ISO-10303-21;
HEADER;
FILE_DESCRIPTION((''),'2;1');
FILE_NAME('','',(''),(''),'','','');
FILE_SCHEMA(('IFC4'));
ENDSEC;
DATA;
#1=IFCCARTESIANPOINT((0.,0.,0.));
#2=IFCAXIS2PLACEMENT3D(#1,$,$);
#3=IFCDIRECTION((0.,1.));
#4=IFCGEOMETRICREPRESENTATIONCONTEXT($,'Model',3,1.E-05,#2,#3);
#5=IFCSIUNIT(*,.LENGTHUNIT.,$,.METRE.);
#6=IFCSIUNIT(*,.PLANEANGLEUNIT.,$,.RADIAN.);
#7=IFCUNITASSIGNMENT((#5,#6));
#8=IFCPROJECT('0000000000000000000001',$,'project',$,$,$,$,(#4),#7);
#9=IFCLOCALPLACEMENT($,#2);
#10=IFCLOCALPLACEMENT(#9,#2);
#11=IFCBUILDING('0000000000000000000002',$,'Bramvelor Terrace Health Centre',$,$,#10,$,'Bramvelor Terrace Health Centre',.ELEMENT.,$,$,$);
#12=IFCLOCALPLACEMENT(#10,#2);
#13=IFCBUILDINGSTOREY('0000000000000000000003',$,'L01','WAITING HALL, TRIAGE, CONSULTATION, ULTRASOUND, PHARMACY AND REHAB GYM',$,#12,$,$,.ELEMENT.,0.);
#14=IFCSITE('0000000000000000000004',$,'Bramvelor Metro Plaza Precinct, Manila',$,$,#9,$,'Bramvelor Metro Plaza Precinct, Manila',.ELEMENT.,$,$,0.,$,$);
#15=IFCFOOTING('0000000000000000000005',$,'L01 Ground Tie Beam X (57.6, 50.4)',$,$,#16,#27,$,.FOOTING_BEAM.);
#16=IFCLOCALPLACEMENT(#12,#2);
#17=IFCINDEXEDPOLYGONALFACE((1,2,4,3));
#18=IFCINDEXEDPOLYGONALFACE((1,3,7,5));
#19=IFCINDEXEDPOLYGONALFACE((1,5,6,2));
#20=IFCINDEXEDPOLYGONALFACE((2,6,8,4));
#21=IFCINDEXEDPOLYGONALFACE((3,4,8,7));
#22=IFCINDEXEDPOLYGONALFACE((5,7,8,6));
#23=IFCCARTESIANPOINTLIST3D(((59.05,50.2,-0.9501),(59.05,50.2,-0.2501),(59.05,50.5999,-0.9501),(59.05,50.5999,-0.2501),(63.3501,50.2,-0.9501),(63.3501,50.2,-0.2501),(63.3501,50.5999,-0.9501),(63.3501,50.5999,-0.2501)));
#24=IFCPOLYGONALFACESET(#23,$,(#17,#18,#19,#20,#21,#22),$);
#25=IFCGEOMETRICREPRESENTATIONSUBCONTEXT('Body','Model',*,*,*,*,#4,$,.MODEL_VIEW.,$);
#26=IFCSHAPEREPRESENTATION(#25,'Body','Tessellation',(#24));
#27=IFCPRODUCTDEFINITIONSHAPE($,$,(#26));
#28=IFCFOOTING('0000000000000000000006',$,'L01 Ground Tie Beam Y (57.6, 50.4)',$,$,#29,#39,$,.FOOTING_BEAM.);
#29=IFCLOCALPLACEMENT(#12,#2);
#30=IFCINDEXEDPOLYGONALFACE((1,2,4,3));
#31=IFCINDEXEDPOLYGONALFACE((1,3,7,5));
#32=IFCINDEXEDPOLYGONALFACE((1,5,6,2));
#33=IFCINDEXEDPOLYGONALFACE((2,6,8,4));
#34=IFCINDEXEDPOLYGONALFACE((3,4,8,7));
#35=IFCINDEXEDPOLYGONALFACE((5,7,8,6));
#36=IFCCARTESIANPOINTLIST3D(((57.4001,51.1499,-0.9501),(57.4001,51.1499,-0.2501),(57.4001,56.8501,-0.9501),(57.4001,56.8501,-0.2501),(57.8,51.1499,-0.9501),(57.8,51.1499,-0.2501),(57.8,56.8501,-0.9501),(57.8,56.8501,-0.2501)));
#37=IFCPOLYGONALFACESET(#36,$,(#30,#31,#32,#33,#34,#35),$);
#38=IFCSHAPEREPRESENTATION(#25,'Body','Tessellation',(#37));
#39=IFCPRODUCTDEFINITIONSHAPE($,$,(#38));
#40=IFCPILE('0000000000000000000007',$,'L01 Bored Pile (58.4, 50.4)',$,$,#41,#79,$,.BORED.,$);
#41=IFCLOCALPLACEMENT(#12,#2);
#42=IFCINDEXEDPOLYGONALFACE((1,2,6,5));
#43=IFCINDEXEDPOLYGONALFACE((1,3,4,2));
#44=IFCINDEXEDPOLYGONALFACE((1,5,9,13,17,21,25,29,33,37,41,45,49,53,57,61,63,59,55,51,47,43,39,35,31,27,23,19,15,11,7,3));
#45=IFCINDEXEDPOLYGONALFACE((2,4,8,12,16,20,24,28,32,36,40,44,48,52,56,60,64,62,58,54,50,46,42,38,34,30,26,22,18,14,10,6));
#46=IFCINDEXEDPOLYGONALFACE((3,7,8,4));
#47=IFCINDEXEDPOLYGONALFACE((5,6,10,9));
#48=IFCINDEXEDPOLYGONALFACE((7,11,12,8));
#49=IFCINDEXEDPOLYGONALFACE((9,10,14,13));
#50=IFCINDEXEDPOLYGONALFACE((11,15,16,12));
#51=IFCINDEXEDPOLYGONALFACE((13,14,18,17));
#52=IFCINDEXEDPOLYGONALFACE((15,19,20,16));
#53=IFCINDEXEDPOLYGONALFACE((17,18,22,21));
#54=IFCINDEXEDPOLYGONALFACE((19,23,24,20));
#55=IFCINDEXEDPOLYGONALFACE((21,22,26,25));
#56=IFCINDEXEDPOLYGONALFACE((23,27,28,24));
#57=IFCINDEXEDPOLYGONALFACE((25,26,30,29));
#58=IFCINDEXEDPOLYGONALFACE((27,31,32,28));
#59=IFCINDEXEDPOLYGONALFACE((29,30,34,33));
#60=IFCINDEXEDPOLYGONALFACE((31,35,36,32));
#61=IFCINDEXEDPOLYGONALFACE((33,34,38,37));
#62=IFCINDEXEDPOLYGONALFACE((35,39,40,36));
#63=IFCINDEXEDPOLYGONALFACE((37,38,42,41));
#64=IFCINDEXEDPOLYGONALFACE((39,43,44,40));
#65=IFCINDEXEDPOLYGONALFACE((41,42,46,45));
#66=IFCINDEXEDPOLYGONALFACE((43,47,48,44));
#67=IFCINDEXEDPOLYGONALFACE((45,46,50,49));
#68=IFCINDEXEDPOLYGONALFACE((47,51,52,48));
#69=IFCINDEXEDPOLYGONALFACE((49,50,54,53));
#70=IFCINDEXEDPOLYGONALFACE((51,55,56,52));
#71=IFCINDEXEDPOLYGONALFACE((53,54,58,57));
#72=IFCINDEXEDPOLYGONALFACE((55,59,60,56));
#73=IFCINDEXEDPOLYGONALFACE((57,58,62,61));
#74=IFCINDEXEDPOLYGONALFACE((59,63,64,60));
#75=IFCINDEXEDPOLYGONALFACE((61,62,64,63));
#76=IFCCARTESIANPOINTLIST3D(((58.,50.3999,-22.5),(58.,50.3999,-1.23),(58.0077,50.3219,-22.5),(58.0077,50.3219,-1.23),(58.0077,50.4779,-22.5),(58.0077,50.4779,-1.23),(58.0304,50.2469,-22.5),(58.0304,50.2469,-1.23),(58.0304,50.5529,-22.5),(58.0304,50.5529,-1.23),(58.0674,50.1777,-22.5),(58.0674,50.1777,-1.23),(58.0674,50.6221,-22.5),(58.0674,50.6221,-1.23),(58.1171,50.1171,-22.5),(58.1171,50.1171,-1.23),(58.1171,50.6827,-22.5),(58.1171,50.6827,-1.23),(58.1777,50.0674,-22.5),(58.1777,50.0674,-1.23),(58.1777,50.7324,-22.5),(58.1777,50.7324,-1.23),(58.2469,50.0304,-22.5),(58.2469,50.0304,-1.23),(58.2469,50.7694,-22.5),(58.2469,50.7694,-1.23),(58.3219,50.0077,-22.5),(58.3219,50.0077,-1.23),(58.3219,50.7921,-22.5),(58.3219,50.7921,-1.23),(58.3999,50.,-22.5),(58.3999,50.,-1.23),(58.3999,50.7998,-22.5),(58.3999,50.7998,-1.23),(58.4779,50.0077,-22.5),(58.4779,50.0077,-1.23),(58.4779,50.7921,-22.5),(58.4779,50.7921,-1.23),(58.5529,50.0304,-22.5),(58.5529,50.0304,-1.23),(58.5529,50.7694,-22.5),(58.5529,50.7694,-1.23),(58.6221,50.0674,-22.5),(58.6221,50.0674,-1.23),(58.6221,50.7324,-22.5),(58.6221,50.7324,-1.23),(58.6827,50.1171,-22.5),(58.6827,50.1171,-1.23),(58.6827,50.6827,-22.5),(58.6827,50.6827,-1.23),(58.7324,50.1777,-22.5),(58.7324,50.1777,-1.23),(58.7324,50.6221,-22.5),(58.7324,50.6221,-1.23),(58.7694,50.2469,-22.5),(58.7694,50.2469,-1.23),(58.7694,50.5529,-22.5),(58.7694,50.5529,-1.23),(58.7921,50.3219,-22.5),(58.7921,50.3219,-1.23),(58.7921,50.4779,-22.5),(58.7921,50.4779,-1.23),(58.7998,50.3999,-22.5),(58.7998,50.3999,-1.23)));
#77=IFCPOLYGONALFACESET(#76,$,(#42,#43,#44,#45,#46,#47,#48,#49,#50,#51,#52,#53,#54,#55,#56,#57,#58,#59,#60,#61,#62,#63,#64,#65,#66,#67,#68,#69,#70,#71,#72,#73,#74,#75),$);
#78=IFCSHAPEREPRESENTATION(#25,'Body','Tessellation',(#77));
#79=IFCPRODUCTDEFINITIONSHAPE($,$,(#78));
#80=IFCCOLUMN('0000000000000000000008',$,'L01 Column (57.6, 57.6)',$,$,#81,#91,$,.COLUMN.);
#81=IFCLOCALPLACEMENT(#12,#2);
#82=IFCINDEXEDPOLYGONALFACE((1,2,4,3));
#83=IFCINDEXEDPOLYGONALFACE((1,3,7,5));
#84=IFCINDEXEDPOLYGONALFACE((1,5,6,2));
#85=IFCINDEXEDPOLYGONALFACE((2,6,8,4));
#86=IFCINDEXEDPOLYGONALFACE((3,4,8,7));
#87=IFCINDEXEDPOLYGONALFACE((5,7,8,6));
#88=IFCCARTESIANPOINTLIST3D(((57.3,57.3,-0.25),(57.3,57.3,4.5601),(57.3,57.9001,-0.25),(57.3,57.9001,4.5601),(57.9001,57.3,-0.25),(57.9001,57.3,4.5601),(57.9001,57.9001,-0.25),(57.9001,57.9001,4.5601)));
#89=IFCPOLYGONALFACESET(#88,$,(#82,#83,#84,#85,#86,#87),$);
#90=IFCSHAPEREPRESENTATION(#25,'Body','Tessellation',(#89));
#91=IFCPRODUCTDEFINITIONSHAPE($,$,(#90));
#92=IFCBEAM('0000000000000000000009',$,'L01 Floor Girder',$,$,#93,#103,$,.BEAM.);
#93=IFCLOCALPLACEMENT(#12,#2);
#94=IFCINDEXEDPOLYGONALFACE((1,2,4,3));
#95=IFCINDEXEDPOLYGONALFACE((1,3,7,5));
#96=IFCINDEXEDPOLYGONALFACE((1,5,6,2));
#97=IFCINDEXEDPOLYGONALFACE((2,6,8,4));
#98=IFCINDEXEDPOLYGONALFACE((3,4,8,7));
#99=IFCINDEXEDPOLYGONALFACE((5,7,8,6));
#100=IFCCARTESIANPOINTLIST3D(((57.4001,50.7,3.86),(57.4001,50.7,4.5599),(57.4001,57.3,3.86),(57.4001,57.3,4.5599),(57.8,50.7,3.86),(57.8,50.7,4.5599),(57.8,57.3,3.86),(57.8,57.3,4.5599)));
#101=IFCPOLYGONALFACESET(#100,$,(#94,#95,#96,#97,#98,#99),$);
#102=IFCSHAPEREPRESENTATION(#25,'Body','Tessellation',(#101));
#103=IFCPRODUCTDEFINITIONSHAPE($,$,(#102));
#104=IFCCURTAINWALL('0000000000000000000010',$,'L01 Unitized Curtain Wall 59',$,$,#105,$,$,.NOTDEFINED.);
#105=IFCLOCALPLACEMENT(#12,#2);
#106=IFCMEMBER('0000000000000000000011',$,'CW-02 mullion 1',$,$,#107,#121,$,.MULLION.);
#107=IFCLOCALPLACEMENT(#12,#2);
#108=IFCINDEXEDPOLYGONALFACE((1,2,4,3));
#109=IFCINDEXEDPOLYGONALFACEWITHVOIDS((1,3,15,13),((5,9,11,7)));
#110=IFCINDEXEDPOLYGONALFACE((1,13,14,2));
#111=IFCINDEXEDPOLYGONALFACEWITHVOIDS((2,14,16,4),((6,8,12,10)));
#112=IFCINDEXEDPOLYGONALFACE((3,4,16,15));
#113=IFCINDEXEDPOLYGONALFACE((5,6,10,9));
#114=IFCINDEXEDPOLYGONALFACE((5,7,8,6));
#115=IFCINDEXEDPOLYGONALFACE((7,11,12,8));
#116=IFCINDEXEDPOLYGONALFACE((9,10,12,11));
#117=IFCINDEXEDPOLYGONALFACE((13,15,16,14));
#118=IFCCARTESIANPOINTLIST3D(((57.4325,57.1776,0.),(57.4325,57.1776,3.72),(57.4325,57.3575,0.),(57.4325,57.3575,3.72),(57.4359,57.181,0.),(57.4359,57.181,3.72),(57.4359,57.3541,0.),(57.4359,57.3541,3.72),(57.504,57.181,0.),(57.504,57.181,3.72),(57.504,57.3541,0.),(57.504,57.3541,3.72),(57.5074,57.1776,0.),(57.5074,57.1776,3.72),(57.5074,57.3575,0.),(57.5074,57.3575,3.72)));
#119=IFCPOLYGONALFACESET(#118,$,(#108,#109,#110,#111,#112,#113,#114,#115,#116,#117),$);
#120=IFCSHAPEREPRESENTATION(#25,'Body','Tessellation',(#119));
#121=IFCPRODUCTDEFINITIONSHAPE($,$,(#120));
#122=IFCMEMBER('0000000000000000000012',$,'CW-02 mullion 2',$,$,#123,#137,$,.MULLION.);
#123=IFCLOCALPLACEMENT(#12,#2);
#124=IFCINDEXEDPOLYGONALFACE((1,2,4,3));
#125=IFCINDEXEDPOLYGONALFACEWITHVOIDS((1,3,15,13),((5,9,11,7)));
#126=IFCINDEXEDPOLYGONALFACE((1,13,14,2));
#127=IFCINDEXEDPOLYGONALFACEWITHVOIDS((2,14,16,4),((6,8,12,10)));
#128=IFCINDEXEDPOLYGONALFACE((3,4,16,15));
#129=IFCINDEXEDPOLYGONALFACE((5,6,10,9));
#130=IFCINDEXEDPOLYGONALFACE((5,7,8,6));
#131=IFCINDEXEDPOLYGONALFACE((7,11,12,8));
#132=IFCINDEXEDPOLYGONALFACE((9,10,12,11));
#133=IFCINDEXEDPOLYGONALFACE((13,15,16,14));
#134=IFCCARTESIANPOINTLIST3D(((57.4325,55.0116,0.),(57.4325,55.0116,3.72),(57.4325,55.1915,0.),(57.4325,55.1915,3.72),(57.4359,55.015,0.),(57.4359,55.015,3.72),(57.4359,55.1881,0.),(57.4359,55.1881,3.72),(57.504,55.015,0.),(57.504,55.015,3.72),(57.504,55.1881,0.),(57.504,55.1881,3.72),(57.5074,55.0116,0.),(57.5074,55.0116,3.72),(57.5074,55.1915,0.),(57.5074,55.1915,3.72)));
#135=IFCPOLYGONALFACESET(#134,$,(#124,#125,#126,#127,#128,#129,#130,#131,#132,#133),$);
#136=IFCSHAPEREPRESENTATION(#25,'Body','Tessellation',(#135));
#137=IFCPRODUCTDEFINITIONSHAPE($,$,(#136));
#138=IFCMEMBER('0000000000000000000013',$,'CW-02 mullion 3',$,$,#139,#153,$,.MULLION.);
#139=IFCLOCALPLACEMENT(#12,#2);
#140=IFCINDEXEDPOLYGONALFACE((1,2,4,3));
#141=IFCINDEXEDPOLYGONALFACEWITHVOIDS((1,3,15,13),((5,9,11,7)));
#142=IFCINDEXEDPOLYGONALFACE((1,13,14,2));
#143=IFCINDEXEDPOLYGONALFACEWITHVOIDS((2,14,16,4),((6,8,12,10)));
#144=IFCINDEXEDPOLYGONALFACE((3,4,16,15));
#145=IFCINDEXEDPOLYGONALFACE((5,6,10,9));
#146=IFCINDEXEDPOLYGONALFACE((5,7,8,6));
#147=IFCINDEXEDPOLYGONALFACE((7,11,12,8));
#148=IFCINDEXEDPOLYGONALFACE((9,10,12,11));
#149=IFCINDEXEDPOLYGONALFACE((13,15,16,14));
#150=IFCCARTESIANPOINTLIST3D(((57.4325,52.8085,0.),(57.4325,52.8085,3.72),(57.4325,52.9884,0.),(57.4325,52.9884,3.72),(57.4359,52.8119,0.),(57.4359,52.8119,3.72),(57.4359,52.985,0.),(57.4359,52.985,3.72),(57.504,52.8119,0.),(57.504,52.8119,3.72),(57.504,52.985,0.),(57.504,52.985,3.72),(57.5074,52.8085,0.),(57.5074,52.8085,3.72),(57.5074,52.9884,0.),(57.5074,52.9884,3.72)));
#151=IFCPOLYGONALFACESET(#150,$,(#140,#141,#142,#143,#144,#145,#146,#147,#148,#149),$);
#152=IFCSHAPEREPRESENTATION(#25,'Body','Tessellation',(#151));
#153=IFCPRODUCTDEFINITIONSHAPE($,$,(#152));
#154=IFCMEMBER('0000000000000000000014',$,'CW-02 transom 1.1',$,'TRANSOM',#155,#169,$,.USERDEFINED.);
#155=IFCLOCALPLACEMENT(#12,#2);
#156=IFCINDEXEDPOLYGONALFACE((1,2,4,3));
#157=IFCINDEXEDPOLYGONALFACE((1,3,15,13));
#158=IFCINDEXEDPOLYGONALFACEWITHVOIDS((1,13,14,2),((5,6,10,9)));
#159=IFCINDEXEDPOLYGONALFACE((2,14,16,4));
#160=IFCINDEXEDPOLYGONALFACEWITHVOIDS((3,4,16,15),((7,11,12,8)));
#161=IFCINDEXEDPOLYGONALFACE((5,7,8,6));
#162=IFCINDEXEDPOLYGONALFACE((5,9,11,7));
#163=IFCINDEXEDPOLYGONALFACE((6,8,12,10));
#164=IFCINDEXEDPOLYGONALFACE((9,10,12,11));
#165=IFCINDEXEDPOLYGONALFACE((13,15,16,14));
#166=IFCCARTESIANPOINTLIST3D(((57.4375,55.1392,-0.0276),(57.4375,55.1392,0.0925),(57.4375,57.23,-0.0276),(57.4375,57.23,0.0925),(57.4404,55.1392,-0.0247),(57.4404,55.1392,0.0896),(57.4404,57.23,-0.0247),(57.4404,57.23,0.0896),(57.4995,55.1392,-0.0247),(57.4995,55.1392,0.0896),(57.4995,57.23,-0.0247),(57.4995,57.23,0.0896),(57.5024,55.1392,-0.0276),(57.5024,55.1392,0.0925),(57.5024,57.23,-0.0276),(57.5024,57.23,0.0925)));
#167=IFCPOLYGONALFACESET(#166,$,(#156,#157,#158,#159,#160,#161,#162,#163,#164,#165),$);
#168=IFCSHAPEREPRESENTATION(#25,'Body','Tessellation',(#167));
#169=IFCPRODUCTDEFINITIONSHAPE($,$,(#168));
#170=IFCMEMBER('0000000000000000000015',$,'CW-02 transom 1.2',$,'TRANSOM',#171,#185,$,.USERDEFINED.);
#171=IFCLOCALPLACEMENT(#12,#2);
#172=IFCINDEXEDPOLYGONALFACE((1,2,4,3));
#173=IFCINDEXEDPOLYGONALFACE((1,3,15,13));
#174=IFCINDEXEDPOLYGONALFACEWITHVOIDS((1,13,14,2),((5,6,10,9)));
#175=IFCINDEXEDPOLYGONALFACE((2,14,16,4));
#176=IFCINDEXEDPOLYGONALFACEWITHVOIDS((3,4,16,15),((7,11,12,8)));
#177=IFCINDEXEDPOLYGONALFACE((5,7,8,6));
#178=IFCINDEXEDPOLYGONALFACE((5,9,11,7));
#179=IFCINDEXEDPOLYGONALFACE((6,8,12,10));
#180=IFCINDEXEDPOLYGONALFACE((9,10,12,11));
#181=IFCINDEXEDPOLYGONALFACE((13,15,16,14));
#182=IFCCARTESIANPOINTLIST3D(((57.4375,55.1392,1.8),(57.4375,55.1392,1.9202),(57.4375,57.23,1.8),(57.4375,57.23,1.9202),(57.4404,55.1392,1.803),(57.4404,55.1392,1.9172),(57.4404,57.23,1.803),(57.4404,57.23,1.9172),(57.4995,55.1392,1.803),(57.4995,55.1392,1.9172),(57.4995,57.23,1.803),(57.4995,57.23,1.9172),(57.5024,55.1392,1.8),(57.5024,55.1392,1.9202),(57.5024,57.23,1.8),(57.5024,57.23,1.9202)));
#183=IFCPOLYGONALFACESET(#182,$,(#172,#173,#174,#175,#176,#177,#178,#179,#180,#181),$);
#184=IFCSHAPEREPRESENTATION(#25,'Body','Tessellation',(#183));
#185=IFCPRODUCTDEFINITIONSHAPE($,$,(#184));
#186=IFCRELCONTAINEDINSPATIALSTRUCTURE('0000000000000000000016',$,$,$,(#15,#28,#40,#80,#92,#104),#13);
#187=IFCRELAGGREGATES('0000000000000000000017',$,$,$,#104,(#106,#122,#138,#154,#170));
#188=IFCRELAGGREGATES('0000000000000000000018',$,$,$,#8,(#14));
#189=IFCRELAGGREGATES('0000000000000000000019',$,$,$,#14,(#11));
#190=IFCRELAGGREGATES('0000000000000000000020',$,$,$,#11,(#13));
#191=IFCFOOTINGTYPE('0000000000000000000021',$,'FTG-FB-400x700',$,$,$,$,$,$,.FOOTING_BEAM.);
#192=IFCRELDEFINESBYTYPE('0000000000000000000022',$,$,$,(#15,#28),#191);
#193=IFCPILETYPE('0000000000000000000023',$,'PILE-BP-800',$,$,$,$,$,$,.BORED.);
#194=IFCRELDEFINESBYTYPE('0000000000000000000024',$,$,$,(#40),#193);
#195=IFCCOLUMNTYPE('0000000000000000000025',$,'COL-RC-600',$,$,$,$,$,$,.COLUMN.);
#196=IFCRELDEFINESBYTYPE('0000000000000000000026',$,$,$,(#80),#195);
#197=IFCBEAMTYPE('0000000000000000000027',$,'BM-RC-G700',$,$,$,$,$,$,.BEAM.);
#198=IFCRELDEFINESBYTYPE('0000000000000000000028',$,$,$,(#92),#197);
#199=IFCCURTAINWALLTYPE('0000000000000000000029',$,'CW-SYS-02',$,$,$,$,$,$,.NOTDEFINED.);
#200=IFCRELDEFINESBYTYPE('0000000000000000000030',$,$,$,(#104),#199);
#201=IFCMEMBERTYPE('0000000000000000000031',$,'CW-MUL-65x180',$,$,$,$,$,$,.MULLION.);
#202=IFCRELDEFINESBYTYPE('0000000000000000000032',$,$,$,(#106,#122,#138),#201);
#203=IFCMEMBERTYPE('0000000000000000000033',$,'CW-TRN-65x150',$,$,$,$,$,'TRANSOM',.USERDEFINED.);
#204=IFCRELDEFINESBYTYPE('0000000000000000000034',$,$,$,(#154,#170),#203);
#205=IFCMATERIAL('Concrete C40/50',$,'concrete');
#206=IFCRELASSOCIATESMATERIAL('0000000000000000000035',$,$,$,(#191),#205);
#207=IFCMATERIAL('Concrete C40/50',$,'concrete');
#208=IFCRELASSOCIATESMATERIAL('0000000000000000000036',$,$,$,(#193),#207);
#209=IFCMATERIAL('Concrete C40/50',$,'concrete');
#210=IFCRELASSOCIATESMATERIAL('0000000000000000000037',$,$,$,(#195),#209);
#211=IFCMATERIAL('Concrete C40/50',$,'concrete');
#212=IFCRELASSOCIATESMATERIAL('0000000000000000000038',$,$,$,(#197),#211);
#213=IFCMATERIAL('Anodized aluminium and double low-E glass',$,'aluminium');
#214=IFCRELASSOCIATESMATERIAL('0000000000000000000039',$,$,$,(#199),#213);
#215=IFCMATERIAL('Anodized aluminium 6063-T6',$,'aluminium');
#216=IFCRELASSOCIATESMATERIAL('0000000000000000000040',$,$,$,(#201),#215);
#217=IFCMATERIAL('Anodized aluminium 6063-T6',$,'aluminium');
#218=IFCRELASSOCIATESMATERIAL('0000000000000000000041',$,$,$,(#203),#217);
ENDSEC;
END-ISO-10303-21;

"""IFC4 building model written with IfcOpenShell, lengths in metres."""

from ifc_helpers import new_model, si_unit, direction, frame, origin, origin_2d, place, context, subcontext, project, spatial, rectangle, hollow_rectangle, circle, extrude, material, material_profile, profile_set, type_object, element, aggregate, save


model = new_model("IFC4")

# Units and contexts
model_context = context("Model", 3, precision=1e-05, world=origin(), true_north=direction((0.0, 1.0)))
body_context = subcontext(model_context, "Body", "Model", "MODEL_VIEW")
ifc_project = project(units=[si_unit("LENGTHUNIT", "METRE"), si_unit("PLANEANGLEUNIT", "RADIAN")], contexts=[model_context])

# Site, building, storey
site_placement = place(None, origin())
site = spatial("IfcSite", under=ifc_project, at=site_placement, Name="Bramvelor Metro Plaza Precinct, Manila", LongName="Bramvelor Metro Plaza Precinct, Manila", CompositionType="ELEMENT", RefElevation=0.0)
building_placement = place(site_placement, origin())
building = spatial("IfcBuilding", under=site, at=building_placement, Name="Bramvelor Terrace Health Centre", LongName="Bramvelor Terrace Health Centre", CompositionType="ELEMENT")
storey_placement = place(building_placement, origin())
storey = spatial("IfcBuildingStorey", under=building, at=storey_placement, Name="L01", Description="WAITING HALL, TRIAGE, CONSULTATION, ULTRASOUND, PHARMACY AND REHAB GYM", CompositionType="ELEMENT", Elevation=0.0)

# Footings
ifc_material_1 = material(Name="Concrete C40/50", Category="concrete")
ifc_material_profile_1 = material_profile(ifc_material_1, rectangle(XDim=0.3999, YDim=0.7, at=origin_2d()), Name="RC 400x700")
ifc_profile_set_1 = profile_set([ifc_material_profile_1], Name="Concrete C40/50")
footing_type = type_object("IfcFootingType", Name="FTG-FB-400x700", PredefinedType="FOOTING_BEAM", material=ifc_profile_set_1)
footing_1_placement = place(storey_placement, frame((59.05, 50.3999, -0.6001), z_axis=(1.0, 0.0, 0.0), x_axis=(0.0, 1.0, 0.0)))
element("IfcFooting", 1, at=footing_1_placement, inside=storey, type_object=footing_type, Name="L01 Ground Tie Beam X (57.6, 50.4)", PredefinedType="FOOTING_BEAM", context=body_context, shape_type="SweptSolid", body=[
    extrude(rectangle(XDim=0.3999, YDim=0.7, at=origin_2d()), origin(), (0.0, 0.0, 1.0), 4.3),
])
footing_2_placement = place(storey_placement, frame((57.6001, 51.1499, -0.6001), z_axis=(0.0, 1.0, 0.0), x_axis=(-1.0, 0.0, 0.0)))
element("IfcFooting", 2, at=footing_2_placement, inside=storey, type_object=footing_type, Name="L01 Ground Tie Beam Y (57.6, 50.4)", PredefinedType="FOOTING_BEAM", context=body_context, shape_type="SweptSolid", body=[
    extrude(rectangle(XDim=0.3999, YDim=0.7, at=origin_2d()), origin(), (0.0, 0.0, 1.0), 5.7002),
])

# Pile
ifc_material_2 = material(Name="Concrete C40/50", Category="concrete")
ifc_material_profile_2 = material_profile(ifc_material_2, circle(Radius=0.3999, at=origin_2d()), Name="BP D800")
ifc_profile_set_2 = profile_set([ifc_material_profile_2], Name="Concrete C40/50")
pile_type = type_object("IfcPileType", Name="PILE-BP-800", PredefinedType="BORED", material=ifc_profile_set_2)
pile_placement = place(storey_placement, frame((58.3999, 50.3999, -1.23), z_axis=(0.0, 0.0, -1.0), x_axis=(1.0, 0.0, 0.0)))
element("IfcPile", 3, at=pile_placement, inside=storey, type_object=pile_type, Name="L01 Bored Pile (58.4, 50.4)", PredefinedType="BORED", context=body_context, shape_type="SweptSolid", body=[
    extrude(circle(Radius=0.3999, at=origin_2d()), origin(), (0.0, 0.0, 1.0), 21.27),
])

# Column
ifc_material_3 = material(Name="Concrete C40/50", Category="concrete")
ifc_material_profile_3 = material_profile(ifc_material_3, rectangle(XDim=0.6001, YDim=0.6001, at=origin_2d()), Name="RC 600x600")
ifc_profile_set_3 = profile_set([ifc_material_profile_3], Name="Concrete C40/50")
column_type = type_object("IfcColumnType", Name="COL-RC-600", PredefinedType="COLUMN", material=ifc_profile_set_3)
column_placement = place(storey_placement, frame((57.6001, 57.6001, -0.25), z_axis=(0.0, 0.0, 1.0), x_axis=(1.0, 0.0, 0.0)))
element("IfcColumn", 4, at=column_placement, inside=storey, type_object=column_type, Name="L01 Column (57.6, 57.6)", PredefinedType="COLUMN", context=body_context, shape_type="SweptSolid", body=[
    extrude(rectangle(XDim=0.6001, YDim=0.6001, at=origin_2d()), origin(), (0.0, 0.0, 1.0), 4.8101),
])

# Beam
ifc_material_4 = material(Name="Concrete C40/50", Category="concrete")
ifc_material_profile_4 = material_profile(ifc_material_4, rectangle(XDim=0.3999, YDim=0.7, at=origin_2d()), Name="RC 400x700")
ifc_profile_set_4 = profile_set([ifc_material_profile_4], Name="Concrete C40/50")
beam_type = type_object("IfcBeamType", Name="BM-RC-G700", PredefinedType="BEAM", material=ifc_profile_set_4)
beam_placement = place(storey_placement, frame((57.6001, 50.7, 4.21), z_axis=(0.0, 1.0, 0.0), x_axis=(-1.0, 0.0, 0.0)))
element("IfcBeam", 5, at=beam_placement, inside=storey, type_object=beam_type, Name="L01 Floor Girder", PredefinedType="BEAM", context=body_context, shape_type="SweptSolid", body=[
    extrude(rectangle(XDim=0.3999, YDim=0.7, at=origin_2d()), origin(), (0.0, 0.0, 1.0), 6.6001),
])

# Curtain wall, members
ifc_material_5 = material(Name="Anodized aluminium and double low-E glass", Category="aluminium")
curtain_wall_type = type_object("IfcCurtainWallType", Name="CW-SYS-02", PredefinedType="NOTDEFINED", material=ifc_material_5)
curtain_wall_placement = place(storey_placement, origin())
curtain_wall = element("IfcCurtainWall", 6, at=curtain_wall_placement, inside=storey, type_object=curtain_wall_type, Name="L01 Unitized Curtain Wall 59", PredefinedType="NOTDEFINED")
ifc_material_6 = material(Name="Anodized aluminium 6063-T6", Category="aluminium")
ifc_material_profile_5 = material_profile(ifc_material_6, hollow_rectangle(XDim=0.075, YDim=0.1799, WallThickness=0.0034, at=origin_2d()), Name="ALU-MUL 75x180x3.5")
ifc_profile_set_5 = profile_set([ifc_material_profile_5], Name="Anodized aluminium 6063-T6")
member_type_1 = type_object("IfcMemberType", Name="CW-MUL-65x180", PredefinedType="MULLION", material=ifc_profile_set_5)
member_1_placement = place(storey_placement, frame((57.47, 57.2676, 0.0), z_axis=(0.0, 0.0, 1.0), x_axis=(1.0, 0.0, 0.0)))
member_1 = element("IfcMember", 7, at=member_1_placement, type_object=member_type_1, Name="CW-02 mullion 1", PredefinedType="MULLION", context=body_context, shape_type="SweptSolid", body=[
    extrude(hollow_rectangle(XDim=0.075, YDim=0.1799, WallThickness=0.0034, at=origin_2d()), origin(), (0.0, 0.0, 1.0), 3.72),
])
member_2_placement = place(storey_placement, frame((57.47, 55.1016, 0.0), z_axis=(0.0, 0.0, 1.0), x_axis=(1.0, 0.0, 0.0)))
member_2 = element("IfcMember", 8, at=member_2_placement, type_object=member_type_1, Name="CW-02 mullion 2", PredefinedType="MULLION", context=body_context, shape_type="SweptSolid", body=[
    extrude(hollow_rectangle(XDim=0.075, YDim=0.1799, WallThickness=0.0034, at=origin_2d()), origin(), (0.0, 0.0, 1.0), 3.72),
])
member_3_placement = place(storey_placement, frame((57.47, 52.8984, 0.0), z_axis=(0.0, 0.0, 1.0), x_axis=(1.0, 0.0, 0.0)))
member_3 = element("IfcMember", 9, at=member_3_placement, type_object=member_type_1, Name="CW-02 mullion 3", PredefinedType="MULLION", context=body_context, shape_type="SweptSolid", body=[
    extrude(hollow_rectangle(XDim=0.075, YDim=0.1799, WallThickness=0.0034, at=origin_2d()), origin(), (0.0, 0.0, 1.0), 3.72),
])
ifc_material_7 = material(Name="Anodized aluminium 6063-T6", Category="aluminium")
ifc_material_profile_6 = material_profile(ifc_material_7, hollow_rectangle(XDim=0.0649, YDim=0.1201, WallThickness=0.0029, at=origin_2d()), Name="ALU-TRN 65x120x3.0")
ifc_profile_set_6 = profile_set([ifc_material_profile_6], Name="Anodized aluminium 6063-T6")
member_type_2 = type_object("IfcMemberType", Name="CW-TRN-65x150", ElementType="TRANSOM", PredefinedType="USERDEFINED", material=ifc_profile_set_6)
member_4_placement = place(storey_placement, frame((57.47, 57.23, 0.0325), z_axis=(0.0, -1.0, 0.0), x_axis=(1.0, 0.0, 0.0)))
member_4 = element("IfcMember", 10, at=member_4_placement, type_object=member_type_2, Name="CW-02 transom 1.1", ObjectType="TRANSOM", PredefinedType="USERDEFINED", context=body_context, shape_type="SweptSolid", body=[
    extrude(hollow_rectangle(XDim=0.0649, YDim=0.1201, WallThickness=0.0029, at=origin_2d()), origin(), (0.0, 0.0, 1.0), 2.0908),
])
member_5_placement = place(storey_placement, frame((57.47, 57.23, 1.8601), z_axis=(0.0, -1.0, 0.0), x_axis=(1.0, 0.0, 0.0)))
member_5 = element("IfcMember", 11, at=member_5_placement, type_object=member_type_2, Name="CW-02 transom 1.2", ObjectType="TRANSOM", PredefinedType="USERDEFINED", context=body_context, shape_type="SweptSolid", body=[
    extrude(hollow_rectangle(XDim=0.0649, YDim=0.1201, WallThickness=0.0029, at=origin_2d()), origin(), (0.0, 0.0, 1.0), 2.0908),
])
aggregate(curtain_wall, [member_1, member_2, member_3, member_4, member_5])

save(model, "model.ifc")
